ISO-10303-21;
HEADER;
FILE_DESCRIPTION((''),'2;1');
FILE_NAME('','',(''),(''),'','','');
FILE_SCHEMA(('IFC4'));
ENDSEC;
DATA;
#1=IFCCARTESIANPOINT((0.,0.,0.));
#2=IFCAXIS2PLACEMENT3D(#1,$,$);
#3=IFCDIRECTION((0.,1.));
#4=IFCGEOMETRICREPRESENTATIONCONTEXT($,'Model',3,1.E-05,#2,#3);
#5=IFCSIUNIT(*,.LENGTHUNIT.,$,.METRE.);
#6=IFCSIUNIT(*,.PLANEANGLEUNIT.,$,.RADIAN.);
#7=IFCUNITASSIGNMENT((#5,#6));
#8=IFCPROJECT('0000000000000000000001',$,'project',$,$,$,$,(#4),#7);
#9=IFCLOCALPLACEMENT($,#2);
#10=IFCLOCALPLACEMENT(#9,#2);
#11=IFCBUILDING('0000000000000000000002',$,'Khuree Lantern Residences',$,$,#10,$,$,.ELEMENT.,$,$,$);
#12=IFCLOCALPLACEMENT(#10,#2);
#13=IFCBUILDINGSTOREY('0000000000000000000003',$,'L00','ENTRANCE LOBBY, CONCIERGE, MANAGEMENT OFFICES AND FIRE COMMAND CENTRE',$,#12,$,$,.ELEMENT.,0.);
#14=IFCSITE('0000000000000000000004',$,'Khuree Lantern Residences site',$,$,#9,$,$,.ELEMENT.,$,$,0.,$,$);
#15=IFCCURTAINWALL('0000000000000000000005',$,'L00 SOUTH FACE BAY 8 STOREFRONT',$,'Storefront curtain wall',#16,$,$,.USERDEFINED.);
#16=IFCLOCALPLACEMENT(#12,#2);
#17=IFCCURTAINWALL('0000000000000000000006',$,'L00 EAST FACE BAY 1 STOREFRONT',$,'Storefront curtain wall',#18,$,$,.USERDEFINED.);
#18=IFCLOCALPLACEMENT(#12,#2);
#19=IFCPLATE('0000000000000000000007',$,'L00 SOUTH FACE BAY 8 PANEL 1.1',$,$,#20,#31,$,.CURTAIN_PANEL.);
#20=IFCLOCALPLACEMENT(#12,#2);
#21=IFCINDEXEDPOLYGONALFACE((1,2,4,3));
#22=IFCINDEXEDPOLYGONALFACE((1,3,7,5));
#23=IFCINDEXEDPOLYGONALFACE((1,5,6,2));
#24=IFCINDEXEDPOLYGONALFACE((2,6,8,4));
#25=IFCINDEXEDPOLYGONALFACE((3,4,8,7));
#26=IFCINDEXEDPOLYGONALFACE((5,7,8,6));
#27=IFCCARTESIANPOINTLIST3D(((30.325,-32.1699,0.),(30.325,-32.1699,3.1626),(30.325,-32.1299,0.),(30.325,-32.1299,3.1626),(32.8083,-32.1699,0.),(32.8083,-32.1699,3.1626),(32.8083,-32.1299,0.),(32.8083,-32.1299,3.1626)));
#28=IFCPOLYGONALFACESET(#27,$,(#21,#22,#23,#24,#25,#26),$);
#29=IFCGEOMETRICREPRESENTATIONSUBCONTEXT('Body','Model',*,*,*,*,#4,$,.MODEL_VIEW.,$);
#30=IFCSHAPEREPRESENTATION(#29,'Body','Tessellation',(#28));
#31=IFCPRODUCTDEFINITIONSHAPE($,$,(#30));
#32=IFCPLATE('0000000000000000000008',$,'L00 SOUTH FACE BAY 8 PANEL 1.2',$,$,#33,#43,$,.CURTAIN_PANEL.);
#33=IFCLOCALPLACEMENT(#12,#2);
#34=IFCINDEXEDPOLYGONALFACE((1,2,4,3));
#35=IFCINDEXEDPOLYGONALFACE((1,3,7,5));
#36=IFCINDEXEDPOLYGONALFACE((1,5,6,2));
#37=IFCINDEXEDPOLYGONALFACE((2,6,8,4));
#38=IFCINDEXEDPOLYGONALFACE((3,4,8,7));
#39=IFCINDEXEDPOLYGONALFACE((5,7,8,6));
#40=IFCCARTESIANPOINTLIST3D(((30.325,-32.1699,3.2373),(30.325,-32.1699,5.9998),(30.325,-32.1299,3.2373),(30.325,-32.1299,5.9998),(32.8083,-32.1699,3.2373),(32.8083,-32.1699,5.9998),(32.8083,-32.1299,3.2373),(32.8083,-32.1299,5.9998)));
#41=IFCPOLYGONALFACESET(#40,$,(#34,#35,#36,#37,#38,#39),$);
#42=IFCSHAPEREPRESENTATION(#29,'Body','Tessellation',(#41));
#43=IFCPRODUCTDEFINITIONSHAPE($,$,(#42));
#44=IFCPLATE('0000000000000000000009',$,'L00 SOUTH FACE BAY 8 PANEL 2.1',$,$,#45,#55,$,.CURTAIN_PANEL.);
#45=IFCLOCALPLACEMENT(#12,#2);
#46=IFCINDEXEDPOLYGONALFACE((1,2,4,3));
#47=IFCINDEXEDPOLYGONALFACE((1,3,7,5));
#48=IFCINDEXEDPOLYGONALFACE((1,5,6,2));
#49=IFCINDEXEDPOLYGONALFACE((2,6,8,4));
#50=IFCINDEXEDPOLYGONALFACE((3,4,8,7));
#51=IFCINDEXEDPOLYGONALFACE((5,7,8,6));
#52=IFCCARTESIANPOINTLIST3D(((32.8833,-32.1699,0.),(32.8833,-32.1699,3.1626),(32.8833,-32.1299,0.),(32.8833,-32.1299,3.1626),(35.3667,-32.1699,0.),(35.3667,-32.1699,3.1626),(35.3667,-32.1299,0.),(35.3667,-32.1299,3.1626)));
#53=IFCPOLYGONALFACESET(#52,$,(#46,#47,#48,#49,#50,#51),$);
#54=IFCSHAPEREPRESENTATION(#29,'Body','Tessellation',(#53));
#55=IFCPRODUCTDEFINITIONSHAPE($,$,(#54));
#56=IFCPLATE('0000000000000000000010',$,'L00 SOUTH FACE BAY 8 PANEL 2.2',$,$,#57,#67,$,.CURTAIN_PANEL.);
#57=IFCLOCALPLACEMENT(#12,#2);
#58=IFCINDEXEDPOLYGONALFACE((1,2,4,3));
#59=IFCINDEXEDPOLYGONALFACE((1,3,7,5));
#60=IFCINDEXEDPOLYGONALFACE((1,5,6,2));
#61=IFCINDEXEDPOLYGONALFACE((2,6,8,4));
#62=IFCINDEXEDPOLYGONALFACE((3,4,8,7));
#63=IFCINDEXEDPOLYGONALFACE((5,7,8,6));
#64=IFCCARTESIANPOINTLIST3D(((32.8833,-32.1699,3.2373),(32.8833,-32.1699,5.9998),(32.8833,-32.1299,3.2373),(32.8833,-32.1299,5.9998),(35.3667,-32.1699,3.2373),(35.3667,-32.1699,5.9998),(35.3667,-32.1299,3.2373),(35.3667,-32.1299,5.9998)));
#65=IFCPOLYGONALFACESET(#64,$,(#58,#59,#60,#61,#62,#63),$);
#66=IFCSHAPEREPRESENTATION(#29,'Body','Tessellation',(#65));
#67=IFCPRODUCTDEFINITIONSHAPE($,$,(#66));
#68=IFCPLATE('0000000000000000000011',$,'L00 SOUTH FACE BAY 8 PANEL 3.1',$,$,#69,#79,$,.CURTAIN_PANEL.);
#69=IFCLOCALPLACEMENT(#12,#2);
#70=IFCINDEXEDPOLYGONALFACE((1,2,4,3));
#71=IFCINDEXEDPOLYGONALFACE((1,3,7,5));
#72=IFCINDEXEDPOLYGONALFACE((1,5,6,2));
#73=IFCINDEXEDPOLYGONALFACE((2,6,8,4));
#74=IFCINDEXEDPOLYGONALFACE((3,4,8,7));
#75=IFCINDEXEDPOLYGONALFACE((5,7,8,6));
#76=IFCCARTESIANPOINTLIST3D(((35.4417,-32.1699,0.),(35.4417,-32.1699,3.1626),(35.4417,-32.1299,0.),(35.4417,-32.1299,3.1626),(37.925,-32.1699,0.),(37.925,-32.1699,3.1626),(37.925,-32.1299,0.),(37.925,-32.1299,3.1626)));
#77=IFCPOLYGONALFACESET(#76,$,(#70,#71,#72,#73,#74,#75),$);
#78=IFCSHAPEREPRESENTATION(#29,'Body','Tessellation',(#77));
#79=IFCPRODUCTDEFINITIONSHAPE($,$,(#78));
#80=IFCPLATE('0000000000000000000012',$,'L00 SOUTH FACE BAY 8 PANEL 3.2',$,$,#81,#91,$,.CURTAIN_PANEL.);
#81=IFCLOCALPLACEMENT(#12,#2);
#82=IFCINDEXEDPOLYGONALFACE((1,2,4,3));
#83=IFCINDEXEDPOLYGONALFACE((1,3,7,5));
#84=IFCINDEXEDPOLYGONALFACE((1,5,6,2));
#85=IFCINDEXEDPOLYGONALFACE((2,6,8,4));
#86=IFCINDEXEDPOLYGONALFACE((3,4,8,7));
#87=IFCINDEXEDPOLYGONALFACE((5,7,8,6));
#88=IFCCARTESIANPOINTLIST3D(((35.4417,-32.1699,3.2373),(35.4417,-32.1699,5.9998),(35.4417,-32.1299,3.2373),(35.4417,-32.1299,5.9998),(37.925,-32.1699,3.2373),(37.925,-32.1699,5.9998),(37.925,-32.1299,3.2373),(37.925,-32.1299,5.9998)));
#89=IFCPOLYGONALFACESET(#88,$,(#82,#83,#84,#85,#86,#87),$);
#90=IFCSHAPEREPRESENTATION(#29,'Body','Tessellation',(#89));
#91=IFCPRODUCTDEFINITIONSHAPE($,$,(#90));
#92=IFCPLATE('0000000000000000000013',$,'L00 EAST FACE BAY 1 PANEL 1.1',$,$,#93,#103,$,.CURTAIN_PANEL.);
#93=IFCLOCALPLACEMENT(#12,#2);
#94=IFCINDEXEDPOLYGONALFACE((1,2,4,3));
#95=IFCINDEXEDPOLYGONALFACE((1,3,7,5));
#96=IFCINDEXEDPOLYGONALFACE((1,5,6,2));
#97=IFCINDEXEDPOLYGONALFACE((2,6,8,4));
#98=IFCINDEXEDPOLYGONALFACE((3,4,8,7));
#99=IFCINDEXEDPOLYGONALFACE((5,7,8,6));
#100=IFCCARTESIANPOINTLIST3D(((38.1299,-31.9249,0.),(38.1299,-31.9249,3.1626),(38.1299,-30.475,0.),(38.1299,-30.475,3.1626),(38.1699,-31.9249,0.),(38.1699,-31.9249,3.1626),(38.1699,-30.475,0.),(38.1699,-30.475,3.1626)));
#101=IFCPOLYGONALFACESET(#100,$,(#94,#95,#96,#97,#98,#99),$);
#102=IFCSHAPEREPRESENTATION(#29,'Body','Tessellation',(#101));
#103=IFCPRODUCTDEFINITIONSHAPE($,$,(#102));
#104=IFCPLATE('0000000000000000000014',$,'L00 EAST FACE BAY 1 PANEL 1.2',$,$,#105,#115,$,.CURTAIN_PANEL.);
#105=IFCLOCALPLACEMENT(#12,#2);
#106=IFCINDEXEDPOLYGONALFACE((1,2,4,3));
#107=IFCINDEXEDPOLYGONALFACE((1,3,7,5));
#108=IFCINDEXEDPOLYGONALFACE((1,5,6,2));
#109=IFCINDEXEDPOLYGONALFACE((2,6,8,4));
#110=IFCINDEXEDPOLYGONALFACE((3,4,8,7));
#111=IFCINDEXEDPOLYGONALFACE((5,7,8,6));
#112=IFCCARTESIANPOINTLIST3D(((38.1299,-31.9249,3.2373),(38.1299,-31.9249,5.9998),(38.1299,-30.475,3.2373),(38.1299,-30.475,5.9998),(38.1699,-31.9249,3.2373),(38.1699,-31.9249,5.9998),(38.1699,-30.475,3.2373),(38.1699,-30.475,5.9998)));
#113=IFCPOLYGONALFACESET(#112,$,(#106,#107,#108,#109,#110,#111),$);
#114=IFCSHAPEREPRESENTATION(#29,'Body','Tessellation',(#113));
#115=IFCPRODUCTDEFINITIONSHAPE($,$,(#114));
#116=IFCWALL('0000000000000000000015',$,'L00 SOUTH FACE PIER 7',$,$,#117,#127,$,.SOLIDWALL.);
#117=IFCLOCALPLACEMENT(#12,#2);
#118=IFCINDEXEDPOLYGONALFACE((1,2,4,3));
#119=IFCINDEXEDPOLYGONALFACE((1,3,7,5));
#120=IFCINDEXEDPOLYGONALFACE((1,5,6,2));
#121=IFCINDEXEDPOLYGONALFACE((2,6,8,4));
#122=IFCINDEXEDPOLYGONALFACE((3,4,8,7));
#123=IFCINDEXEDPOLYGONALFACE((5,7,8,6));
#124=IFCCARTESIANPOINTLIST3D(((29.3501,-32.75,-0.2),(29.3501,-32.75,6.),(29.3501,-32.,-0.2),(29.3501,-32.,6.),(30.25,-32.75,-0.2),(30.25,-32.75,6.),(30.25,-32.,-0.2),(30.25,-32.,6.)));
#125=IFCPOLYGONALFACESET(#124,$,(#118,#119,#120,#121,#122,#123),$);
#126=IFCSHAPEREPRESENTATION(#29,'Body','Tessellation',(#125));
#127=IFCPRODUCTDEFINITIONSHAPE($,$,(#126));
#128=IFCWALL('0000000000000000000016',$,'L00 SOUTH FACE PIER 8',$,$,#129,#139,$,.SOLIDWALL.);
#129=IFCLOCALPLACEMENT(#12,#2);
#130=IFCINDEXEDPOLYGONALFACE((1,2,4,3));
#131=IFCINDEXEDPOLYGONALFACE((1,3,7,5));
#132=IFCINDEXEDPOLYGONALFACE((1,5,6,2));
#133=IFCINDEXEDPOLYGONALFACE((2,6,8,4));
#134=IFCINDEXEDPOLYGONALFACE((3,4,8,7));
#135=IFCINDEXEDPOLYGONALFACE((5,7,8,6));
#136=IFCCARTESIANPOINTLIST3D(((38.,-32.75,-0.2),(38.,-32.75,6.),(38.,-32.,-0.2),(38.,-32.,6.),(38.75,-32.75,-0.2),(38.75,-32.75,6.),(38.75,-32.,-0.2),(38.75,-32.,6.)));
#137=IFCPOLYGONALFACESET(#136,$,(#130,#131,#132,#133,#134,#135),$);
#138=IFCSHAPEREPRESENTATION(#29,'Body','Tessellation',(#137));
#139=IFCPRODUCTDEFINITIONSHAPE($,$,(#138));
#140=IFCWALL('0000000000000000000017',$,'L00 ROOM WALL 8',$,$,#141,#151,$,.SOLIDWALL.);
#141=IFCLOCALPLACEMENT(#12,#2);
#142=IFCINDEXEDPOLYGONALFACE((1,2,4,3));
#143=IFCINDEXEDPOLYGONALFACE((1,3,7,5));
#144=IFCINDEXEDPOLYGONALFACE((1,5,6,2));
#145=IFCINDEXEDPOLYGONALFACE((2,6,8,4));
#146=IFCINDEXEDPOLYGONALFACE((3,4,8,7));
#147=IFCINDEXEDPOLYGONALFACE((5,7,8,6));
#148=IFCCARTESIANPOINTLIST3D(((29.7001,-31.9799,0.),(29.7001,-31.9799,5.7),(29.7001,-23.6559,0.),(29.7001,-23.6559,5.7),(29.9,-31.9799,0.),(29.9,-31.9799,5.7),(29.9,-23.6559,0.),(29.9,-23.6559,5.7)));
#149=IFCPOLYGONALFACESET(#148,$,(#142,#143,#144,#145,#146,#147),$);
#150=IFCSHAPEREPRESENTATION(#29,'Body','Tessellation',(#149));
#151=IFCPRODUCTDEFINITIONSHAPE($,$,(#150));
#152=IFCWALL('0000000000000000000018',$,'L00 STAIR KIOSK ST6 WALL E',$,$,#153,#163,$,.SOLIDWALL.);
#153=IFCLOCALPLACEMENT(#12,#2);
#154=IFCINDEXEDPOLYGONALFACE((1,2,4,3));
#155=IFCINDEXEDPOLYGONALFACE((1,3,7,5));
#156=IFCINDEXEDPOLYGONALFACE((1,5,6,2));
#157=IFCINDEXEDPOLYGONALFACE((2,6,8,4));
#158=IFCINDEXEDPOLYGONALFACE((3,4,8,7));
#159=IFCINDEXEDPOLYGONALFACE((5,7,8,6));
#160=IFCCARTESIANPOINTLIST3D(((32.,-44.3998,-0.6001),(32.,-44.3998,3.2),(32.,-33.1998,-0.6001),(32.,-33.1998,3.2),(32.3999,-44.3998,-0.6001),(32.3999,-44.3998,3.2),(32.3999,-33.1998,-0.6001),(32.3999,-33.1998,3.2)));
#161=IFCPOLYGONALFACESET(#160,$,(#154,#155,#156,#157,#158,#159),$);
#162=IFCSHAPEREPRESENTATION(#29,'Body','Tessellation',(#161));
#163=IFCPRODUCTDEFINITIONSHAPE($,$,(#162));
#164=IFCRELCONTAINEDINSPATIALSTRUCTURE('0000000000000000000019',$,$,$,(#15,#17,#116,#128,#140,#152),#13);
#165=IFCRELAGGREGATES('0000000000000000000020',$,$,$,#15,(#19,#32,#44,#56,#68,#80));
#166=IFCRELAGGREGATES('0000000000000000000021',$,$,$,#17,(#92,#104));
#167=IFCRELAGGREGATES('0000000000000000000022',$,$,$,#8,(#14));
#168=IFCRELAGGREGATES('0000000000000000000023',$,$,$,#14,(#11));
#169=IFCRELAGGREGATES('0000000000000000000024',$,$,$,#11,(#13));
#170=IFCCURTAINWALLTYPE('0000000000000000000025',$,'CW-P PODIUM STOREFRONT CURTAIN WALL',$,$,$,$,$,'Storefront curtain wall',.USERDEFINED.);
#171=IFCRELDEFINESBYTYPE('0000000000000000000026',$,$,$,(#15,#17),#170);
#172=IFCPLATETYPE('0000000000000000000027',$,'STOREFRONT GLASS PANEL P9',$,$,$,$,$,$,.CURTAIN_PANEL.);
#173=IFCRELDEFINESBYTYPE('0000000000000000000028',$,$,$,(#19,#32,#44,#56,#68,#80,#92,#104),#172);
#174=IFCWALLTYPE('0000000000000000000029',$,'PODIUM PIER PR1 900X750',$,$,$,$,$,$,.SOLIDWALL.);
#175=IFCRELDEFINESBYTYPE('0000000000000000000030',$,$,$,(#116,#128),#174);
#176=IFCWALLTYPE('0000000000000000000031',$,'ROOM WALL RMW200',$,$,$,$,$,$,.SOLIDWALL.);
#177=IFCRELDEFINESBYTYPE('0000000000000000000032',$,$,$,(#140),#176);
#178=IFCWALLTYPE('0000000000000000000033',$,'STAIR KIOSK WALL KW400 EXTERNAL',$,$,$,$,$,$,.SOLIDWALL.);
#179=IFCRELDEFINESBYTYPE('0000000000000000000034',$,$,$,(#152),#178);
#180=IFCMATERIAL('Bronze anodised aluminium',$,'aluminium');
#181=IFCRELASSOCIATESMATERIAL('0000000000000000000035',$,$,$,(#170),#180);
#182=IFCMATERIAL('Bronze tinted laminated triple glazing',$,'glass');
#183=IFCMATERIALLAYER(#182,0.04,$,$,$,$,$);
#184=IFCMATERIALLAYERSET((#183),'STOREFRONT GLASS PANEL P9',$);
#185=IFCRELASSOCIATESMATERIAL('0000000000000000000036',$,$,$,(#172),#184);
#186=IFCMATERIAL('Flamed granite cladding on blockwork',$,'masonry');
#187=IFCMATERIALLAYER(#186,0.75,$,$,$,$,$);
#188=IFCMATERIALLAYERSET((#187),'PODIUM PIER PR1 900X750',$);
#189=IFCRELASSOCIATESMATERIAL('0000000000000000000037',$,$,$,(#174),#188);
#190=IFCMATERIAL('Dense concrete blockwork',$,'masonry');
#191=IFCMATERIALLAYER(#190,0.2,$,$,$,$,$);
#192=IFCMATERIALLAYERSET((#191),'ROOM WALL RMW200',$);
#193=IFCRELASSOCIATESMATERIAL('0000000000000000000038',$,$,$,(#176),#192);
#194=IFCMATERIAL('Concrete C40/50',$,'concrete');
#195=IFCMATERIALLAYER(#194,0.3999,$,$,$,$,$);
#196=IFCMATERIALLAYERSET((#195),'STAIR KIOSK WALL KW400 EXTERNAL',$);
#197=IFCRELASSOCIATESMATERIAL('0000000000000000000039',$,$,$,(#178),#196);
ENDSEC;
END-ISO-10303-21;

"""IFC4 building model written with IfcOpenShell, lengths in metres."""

from ifc_helpers import new_model, si_unit, direction, frame, frame_2d, origin, origin_2d, place, context, subcontext, project, spatial, rectangle, extrude, material, layer, layer_set, type_object, element, aggregate, save


model = new_model("IFC4")

# Units and contexts
model_context = context("Model", 3, precision=1e-05, world=origin(), true_north=direction((0.0, 1.0)))
body_context = subcontext(model_context, "Body", "Model", "MODEL_VIEW")
ifc_project = project(units=[si_unit("LENGTHUNIT", "METRE"), si_unit("PLANEANGLEUNIT", "RADIAN")], contexts=[model_context])

# Site, building, storey
site_placement = place(None, origin())
site = spatial("IfcSite", under=ifc_project, at=site_placement, Name="Khuree Lantern Residences site", CompositionType="ELEMENT", RefElevation=0.0)
building_placement = place(site_placement, origin())
building = spatial("IfcBuilding", under=site, at=building_placement, Name="Khuree Lantern Residences", CompositionType="ELEMENT")
storey_placement = place(building_placement, origin())
storey = spatial("IfcBuildingStorey", under=building, at=storey_placement, Name="L00", Description="ENTRANCE LOBBY, CONCIERGE, MANAGEMENT OFFICES AND FIRE COMMAND CENTRE", CompositionType="ELEMENT", Elevation=0.0)

# Curtain walls
ifc_material_1 = material(Name="Bronze anodised aluminium", Category="aluminium")
curtain_wall_type = type_object("IfcCurtainWallType", Name="CW-P PODIUM STOREFRONT CURTAIN WALL", ElementType="Storefront curtain wall", PredefinedType="USERDEFINED", material=ifc_material_1)
curtain_wall_1_placement = place(storey_placement, origin())
curtain_wall_1 = element("IfcCurtainWall", 1, at=curtain_wall_1_placement, inside=storey, type_object=curtain_wall_type, Name="L00 SOUTH FACE BAY 8 STOREFRONT", ObjectType="Storefront curtain wall", PredefinedType="USERDEFINED")
curtain_wall_2_placement = place(storey_placement, origin())
curtain_wall_2 = element("IfcCurtainWall", 2, at=curtain_wall_2_placement, inside=storey, type_object=curtain_wall_type, Name="L00 EAST FACE BAY 1 STOREFRONT", ObjectType="Storefront curtain wall", PredefinedType="USERDEFINED")

# Shared definitions
ifc_material_2 = material(Name="Concrete C40/50", Category="concrete")

# Plates
ifc_material_3 = material(Name="Bronze tinted laminated triple glazing", Category="glass")
ifc_layer_1 = layer(ifc_material_3, 0.04)
ifc_layer_set_1 = layer_set([ifc_layer_1], Name="STOREFRONT GLASS PANEL P9")
plate_type = type_object("IfcPlateType", Name="STOREFRONT GLASS PANEL P9", PredefinedType="CURTAIN_PANEL", material=ifc_layer_set_1)
plate_1_placement = place(storey_placement, frame((31.5667, -32.1499, 0.0), z_axis=(0.0, 0.0, 1.0), x_axis=(1.0, 0.0, 0.0)))
plate_1 = element("IfcPlate", 3, at=plate_1_placement, type_object=plate_type, Name="L00 SOUTH FACE BAY 8 PANEL 1.1", PredefinedType="CURTAIN_PANEL", context=body_context, shape_type="SweptSolid", body=[
    extrude(rectangle(XDim=2.4834, YDim=0.04, at=origin_2d()), origin(), (0.0, 0.0, 1.0), 3.1626),
])
plate_2_placement = place(storey_placement, frame((31.5667, -32.1499, 3.2373), z_axis=(0.0, 0.0, 1.0), x_axis=(1.0, 0.0, 0.0)))
plate_2 = element("IfcPlate", 4, at=plate_2_placement, type_object=plate_type, Name="L00 SOUTH FACE BAY 8 PANEL 1.2", PredefinedType="CURTAIN_PANEL", context=body_context, shape_type="SweptSolid", body=[
    extrude(rectangle(XDim=2.4834, YDim=0.04, at=origin_2d()), origin(), (0.0, 0.0, 1.0), 2.7625),
])
plate_3_placement = place(storey_placement, frame((34.125, -32.1499, 0.0), z_axis=(0.0, 0.0, 1.0), x_axis=(1.0, 0.0, 0.0)))
plate_3 = element("IfcPlate", 5, at=plate_3_placement, type_object=plate_type, Name="L00 SOUTH FACE BAY 8 PANEL 2.1", PredefinedType="CURTAIN_PANEL", context=body_context, shape_type="SweptSolid", body=[
    extrude(rectangle(XDim=2.4834, YDim=0.04, at=origin_2d()), origin(), (0.0, 0.0, 1.0), 3.1626),
])
plate_4_placement = place(storey_placement, frame((34.125, -32.1499, 3.2373), z_axis=(0.0, 0.0, 1.0), x_axis=(1.0, 0.0, 0.0)))
plate_4 = element("IfcPlate", 6, at=plate_4_placement, type_object=plate_type, Name="L00 SOUTH FACE BAY 8 PANEL 2.2", PredefinedType="CURTAIN_PANEL", context=body_context, shape_type="SweptSolid", body=[
    extrude(rectangle(XDim=2.4834, YDim=0.04, at=origin_2d()), origin(), (0.0, 0.0, 1.0), 2.7625),
])
plate_5_placement = place(storey_placement, frame((36.6833, -32.1499, 0.0), z_axis=(0.0, 0.0, 1.0), x_axis=(1.0, 0.0, 0.0)))
plate_5 = element("IfcPlate", 7, at=plate_5_placement, type_object=plate_type, Name="L00 SOUTH FACE BAY 8 PANEL 3.1", PredefinedType="CURTAIN_PANEL", context=body_context, shape_type="SweptSolid", body=[
    extrude(rectangle(XDim=2.4834, YDim=0.04, at=origin_2d()), origin(), (0.0, 0.0, 1.0), 3.1626),
])
plate_6_placement = place(storey_placement, frame((36.6833, -32.1499, 3.2373), z_axis=(0.0, 0.0, 1.0), x_axis=(1.0, 0.0, 0.0)))
plate_6 = element("IfcPlate", 8, at=plate_6_placement, type_object=plate_type, Name="L00 SOUTH FACE BAY 8 PANEL 3.2", PredefinedType="CURTAIN_PANEL", context=body_context, shape_type="SweptSolid", body=[
    extrude(rectangle(XDim=2.4834, YDim=0.04, at=origin_2d()), origin(), (0.0, 0.0, 1.0), 2.7625),
])
aggregate(curtain_wall_1, [plate_1, plate_2, plate_3, plate_4, plate_5, plate_6])
plate_7_placement = place(storey_placement, frame((38.1499, -31.2, 0.0), z_axis=(0.0, 0.0, 1.0), x_axis=(0.0, 1.0, 0.0)))
plate_7 = element("IfcPlate", 9, at=plate_7_placement, type_object=plate_type, Name="L00 EAST FACE BAY 1 PANEL 1.1", PredefinedType="CURTAIN_PANEL", context=body_context, shape_type="SweptSolid", body=[
    extrude(rectangle(XDim=1.45, YDim=0.04, at=origin_2d()), origin(), (0.0, 0.0, 1.0), 3.1626),
])
plate_8_placement = place(storey_placement, frame((38.1499, -31.2, 3.2373), z_axis=(0.0, 0.0, 1.0), x_axis=(0.0, 1.0, 0.0)))
plate_8 = element("IfcPlate", 10, at=plate_8_placement, type_object=plate_type, Name="L00 EAST FACE BAY 1 PANEL 1.2", PredefinedType="CURTAIN_PANEL", context=body_context, shape_type="SweptSolid", body=[
    extrude(rectangle(XDim=1.45, YDim=0.04, at=origin_2d()), origin(), (0.0, 0.0, 1.0), 2.7625),
])
aggregate(curtain_wall_2, [plate_7, plate_8])

# Walls
ifc_material_4 = material(Name="Flamed granite cladding on blockwork", Category="masonry")
ifc_layer_2 = layer(ifc_material_4, 0.75)
ifc_layer_set_2 = layer_set([ifc_layer_2], Name="PODIUM PIER PR1 900X750")
wall_type_1 = type_object("IfcWallType", Name="PODIUM PIER PR1 900X750", PredefinedType="SOLIDWALL", material=ifc_layer_set_2)
wall_1_placement = place(storey_placement, frame((29.3501, -32.375, -0.2), z_axis=(0.0, 0.0, 1.0), x_axis=(1.0, 0.0, 0.0)))
element("IfcWall", 11, at=wall_1_placement, inside=storey, type_object=wall_type_1, Name="L00 SOUTH FACE PIER 7", PredefinedType="SOLIDWALL", context=body_context, shape_type="SweptSolid", body=[
    extrude(rectangle(XDim=0.8999, YDim=0.75, at=frame_2d((0.45, 0.0))), origin(), (0.0, 0.0, 1.0), 6.2),
])
wall_2_placement = place(storey_placement, frame((38.0, -32.375, -0.2), z_axis=(0.0, 0.0, 1.0), x_axis=(1.0, 0.0, 0.0)))
element("IfcWall", 12, at=wall_2_placement, inside=storey, type_object=wall_type_1, Name="L00 SOUTH FACE PIER 8", PredefinedType="SOLIDWALL", context=body_context, shape_type="SweptSolid", body=[
    extrude(rectangle(XDim=0.75, YDim=0.75, at=frame_2d((0.375, 0.0))), origin(), (0.0, 0.0, 1.0), 6.2),
])
ifc_material_5 = material(Name="Dense concrete blockwork", Category="masonry")
ifc_layer_3 = layer(ifc_material_5, 0.2)
ifc_layer_set_3 = layer_set([ifc_layer_3], Name="ROOM WALL RMW200")
wall_type_2 = type_object("IfcWallType", Name="ROOM WALL RMW200", PredefinedType="SOLIDWALL", material=ifc_layer_set_3)
wall_3_placement = place(storey_placement, frame((29.8, -31.98, 0.0), z_axis=(0.0, 0.0, 1.0), x_axis=(0.0, 1.0, 0.0)))
element("IfcWall", 13, at=wall_3_placement, inside=storey, type_object=wall_type_2, Name="L00 ROOM WALL 8", PredefinedType="SOLIDWALL", context=body_context, shape_type="SweptSolid", body=[
    extrude(rectangle(XDim=8.324, YDim=0.2, at=frame_2d((4.1621, 0.0))), origin(), (0.0, 0.0, 1.0), 5.7),
])
ifc_layer_4 = layer(ifc_material_2, 0.3999)
ifc_layer_set_4 = layer_set([ifc_layer_4], Name="STAIR KIOSK WALL KW400 EXTERNAL")
wall_type_3 = type_object("IfcWallType", Name="STAIR KIOSK WALL KW400 EXTERNAL", PredefinedType="SOLIDWALL", material=ifc_layer_set_4)
wall_4_placement = place(storey_placement, frame((32.2, -44.3999, -0.6001), z_axis=(0.0, 0.0, 1.0), x_axis=(0.0, 1.0, 0.0)))
element("IfcWall", 14, at=wall_4_placement, inside=storey, type_object=wall_type_3, Name="L00 STAIR KIOSK ST6 WALL E", PredefinedType="SOLIDWALL", context=body_context, shape_type="SweptSolid", body=[
    extrude(rectangle(XDim=11.2, YDim=0.3999, at=frame_2d((5.6001, 0.0))), origin(), (0.0, 0.0, 1.0), 3.8),
])

save(model, "model.ifc")
